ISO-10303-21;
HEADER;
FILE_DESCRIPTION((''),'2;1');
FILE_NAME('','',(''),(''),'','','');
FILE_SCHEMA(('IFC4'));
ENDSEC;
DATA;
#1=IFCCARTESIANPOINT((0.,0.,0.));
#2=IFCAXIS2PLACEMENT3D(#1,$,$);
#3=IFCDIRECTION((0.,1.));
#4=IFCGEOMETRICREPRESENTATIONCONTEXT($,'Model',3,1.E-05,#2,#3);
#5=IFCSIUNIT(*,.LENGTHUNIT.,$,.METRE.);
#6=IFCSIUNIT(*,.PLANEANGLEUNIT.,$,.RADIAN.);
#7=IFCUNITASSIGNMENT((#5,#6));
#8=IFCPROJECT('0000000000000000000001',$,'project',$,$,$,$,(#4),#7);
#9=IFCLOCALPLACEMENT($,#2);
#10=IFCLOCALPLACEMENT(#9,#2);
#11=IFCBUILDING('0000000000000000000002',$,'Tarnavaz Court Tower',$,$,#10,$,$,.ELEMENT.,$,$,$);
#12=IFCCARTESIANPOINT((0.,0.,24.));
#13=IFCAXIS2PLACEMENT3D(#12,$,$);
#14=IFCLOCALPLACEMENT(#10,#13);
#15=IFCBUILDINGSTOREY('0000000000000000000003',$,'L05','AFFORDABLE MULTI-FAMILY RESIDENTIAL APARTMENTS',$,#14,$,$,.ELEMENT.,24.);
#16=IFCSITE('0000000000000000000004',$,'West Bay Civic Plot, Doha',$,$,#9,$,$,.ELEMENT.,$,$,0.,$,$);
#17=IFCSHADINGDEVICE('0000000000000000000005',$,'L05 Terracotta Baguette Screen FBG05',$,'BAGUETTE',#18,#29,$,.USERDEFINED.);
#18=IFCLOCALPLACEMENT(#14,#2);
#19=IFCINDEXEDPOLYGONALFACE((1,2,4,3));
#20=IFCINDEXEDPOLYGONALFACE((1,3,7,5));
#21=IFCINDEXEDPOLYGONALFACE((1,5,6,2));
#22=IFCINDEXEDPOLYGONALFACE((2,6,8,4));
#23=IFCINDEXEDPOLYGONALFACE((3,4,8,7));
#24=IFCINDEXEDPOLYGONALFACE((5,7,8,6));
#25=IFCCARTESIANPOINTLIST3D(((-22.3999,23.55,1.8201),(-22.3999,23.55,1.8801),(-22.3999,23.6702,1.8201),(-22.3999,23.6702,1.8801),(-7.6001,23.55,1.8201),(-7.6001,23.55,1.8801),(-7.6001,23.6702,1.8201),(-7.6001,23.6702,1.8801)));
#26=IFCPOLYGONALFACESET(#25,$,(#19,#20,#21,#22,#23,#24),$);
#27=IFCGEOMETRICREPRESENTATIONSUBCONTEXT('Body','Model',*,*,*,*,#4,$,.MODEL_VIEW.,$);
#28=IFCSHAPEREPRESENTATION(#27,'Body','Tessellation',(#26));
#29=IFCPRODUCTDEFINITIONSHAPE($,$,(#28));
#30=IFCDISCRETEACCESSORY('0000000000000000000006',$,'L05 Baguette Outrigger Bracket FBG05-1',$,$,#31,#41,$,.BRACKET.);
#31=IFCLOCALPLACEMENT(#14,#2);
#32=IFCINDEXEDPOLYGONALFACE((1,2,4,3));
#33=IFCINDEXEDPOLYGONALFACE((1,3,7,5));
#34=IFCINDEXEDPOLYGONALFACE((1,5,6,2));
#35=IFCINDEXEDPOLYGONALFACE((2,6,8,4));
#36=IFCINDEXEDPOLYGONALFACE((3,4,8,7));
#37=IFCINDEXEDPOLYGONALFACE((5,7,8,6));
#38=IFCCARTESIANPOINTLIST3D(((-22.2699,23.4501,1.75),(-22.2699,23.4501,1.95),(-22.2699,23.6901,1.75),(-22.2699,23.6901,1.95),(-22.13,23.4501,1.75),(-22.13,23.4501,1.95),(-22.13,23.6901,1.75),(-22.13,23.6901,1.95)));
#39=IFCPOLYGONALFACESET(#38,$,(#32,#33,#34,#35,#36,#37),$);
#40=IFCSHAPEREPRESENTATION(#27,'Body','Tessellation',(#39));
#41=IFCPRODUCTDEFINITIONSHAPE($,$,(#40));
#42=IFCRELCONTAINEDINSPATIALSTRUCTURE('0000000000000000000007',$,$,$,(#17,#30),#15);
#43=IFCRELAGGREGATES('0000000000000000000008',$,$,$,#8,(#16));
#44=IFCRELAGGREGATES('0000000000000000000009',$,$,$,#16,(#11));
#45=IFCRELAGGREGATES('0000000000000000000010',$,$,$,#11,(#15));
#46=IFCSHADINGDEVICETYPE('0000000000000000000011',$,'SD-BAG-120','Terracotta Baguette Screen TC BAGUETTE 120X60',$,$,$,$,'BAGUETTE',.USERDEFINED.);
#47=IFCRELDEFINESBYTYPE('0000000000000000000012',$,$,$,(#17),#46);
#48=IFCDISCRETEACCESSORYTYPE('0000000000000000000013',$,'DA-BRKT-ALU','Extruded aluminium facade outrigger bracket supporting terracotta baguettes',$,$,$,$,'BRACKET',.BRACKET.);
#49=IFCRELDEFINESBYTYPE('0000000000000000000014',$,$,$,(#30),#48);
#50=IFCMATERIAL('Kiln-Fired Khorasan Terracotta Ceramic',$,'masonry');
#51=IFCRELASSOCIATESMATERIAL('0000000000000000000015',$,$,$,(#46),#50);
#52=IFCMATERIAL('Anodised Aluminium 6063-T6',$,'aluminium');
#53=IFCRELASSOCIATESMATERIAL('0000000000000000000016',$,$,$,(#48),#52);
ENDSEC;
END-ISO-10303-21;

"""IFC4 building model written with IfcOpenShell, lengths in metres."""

from ifc_helpers import new_model, si_unit, direction, frame, origin, origin_2d, place, context, subcontext, project, spatial, rectangle, extrude, material, material_profile, profile_set, type_object, element, save


model = new_model("IFC4")

# Units and contexts
model_context = context("Model", 3, precision=1e-05, world=origin(), true_north=direction((0.0, 1.0)))
body_context = subcontext(model_context, "Body", "Model", "MODEL_VIEW")
ifc_project = project(units=[si_unit("LENGTHUNIT", "METRE"), si_unit("PLANEANGLEUNIT", "RADIAN")], contexts=[model_context])

# Site, building, storey
site_placement = place(None, origin())
site = spatial("IfcSite", under=ifc_project, at=site_placement, Name="West Bay Civic Plot, Doha", CompositionType="ELEMENT", RefElevation=0.0)
building_placement = place(site_placement, origin())
building = spatial("IfcBuilding", under=site, at=building_placement, Name="Tarnavaz Court Tower", CompositionType="ELEMENT")
storey_placement = place(building_placement, frame((0.0, 0.0, 24.0)))
storey = spatial("IfcBuildingStorey", under=building, at=storey_placement, Name="L05", Description="AFFORDABLE MULTI-FAMILY RESIDENTIAL APARTMENTS", CompositionType="ELEMENT", Elevation=24.0)

# Shading device
ifc_material_1 = material(Name="Kiln-Fired Khorasan Terracotta Ceramic", Category="masonry")
ifc_material_profile_1 = material_profile(ifc_material_1, rectangle(XDim=0.1201, YDim=0.0601, at=origin_2d()), Name="TC BAGUETTE 120X60")
ifc_profile_set_1 = profile_set([ifc_material_profile_1], Name="Kiln-Fired Khorasan Terracotta Ceramic")
shading_device_type = type_object("IfcShadingDeviceType", Name="SD-BAG-120", Description="Terracotta Baguette Screen TC BAGUETTE 120X60", ElementType="BAGUETTE", PredefinedType="USERDEFINED", material=ifc_profile_set_1)
shading_device_placement = place(storey_placement, frame((-22.3999, 23.6101, 1.8501), z_axis=(1.0, 0.0, 0.0), x_axis=(0.0, 1.0, 0.0)))
element("IfcShadingDevice", 1, at=shading_device_placement, inside=storey, type_object=shading_device_type, Name="L05 Terracotta Baguette Screen FBG05", ObjectType="BAGUETTE", PredefinedType="USERDEFINED", context=body_context, shape_type="SweptSolid", body=[
    extrude(rectangle(XDim=0.1201, YDim=0.0601, at=origin_2d()), origin(), (0.0, 0.0, 1.0), 14.7998),
])

# Discrete accessory
ifc_material_2 = material(Name="Anodised Aluminium 6063-T6", Category="aluminium")
discrete_accessory_type = type_object("IfcDiscreteAccessoryType", Name="DA-BRKT-ALU", Description="Extruded aluminium facade outrigger bracket supporting terracotta baguettes", ElementType="BRACKET", PredefinedType="BRACKET", material=ifc_material_2)
discrete_accessory_placement = place(storey_placement, frame((-22.2, 23.5701, 1.75), z_axis=(0.0, 0.0, 1.0), x_axis=(1.0, 0.0, 0.0)))
element("IfcDiscreteAccessory", 2, at=discrete_accessory_placement, inside=storey, type_object=discrete_accessory_type, Name="L05 Baguette Outrigger Bracket FBG05-1", PredefinedType="BRACKET", context=body_context, shape_type="SweptSolid", body=[
    extrude(rectangle(XDim=0.1399, YDim=0.24, at=origin_2d()), origin(), (0.0, 0.0, 1.0), 0.2),
])

save(model, "model.ifc")
